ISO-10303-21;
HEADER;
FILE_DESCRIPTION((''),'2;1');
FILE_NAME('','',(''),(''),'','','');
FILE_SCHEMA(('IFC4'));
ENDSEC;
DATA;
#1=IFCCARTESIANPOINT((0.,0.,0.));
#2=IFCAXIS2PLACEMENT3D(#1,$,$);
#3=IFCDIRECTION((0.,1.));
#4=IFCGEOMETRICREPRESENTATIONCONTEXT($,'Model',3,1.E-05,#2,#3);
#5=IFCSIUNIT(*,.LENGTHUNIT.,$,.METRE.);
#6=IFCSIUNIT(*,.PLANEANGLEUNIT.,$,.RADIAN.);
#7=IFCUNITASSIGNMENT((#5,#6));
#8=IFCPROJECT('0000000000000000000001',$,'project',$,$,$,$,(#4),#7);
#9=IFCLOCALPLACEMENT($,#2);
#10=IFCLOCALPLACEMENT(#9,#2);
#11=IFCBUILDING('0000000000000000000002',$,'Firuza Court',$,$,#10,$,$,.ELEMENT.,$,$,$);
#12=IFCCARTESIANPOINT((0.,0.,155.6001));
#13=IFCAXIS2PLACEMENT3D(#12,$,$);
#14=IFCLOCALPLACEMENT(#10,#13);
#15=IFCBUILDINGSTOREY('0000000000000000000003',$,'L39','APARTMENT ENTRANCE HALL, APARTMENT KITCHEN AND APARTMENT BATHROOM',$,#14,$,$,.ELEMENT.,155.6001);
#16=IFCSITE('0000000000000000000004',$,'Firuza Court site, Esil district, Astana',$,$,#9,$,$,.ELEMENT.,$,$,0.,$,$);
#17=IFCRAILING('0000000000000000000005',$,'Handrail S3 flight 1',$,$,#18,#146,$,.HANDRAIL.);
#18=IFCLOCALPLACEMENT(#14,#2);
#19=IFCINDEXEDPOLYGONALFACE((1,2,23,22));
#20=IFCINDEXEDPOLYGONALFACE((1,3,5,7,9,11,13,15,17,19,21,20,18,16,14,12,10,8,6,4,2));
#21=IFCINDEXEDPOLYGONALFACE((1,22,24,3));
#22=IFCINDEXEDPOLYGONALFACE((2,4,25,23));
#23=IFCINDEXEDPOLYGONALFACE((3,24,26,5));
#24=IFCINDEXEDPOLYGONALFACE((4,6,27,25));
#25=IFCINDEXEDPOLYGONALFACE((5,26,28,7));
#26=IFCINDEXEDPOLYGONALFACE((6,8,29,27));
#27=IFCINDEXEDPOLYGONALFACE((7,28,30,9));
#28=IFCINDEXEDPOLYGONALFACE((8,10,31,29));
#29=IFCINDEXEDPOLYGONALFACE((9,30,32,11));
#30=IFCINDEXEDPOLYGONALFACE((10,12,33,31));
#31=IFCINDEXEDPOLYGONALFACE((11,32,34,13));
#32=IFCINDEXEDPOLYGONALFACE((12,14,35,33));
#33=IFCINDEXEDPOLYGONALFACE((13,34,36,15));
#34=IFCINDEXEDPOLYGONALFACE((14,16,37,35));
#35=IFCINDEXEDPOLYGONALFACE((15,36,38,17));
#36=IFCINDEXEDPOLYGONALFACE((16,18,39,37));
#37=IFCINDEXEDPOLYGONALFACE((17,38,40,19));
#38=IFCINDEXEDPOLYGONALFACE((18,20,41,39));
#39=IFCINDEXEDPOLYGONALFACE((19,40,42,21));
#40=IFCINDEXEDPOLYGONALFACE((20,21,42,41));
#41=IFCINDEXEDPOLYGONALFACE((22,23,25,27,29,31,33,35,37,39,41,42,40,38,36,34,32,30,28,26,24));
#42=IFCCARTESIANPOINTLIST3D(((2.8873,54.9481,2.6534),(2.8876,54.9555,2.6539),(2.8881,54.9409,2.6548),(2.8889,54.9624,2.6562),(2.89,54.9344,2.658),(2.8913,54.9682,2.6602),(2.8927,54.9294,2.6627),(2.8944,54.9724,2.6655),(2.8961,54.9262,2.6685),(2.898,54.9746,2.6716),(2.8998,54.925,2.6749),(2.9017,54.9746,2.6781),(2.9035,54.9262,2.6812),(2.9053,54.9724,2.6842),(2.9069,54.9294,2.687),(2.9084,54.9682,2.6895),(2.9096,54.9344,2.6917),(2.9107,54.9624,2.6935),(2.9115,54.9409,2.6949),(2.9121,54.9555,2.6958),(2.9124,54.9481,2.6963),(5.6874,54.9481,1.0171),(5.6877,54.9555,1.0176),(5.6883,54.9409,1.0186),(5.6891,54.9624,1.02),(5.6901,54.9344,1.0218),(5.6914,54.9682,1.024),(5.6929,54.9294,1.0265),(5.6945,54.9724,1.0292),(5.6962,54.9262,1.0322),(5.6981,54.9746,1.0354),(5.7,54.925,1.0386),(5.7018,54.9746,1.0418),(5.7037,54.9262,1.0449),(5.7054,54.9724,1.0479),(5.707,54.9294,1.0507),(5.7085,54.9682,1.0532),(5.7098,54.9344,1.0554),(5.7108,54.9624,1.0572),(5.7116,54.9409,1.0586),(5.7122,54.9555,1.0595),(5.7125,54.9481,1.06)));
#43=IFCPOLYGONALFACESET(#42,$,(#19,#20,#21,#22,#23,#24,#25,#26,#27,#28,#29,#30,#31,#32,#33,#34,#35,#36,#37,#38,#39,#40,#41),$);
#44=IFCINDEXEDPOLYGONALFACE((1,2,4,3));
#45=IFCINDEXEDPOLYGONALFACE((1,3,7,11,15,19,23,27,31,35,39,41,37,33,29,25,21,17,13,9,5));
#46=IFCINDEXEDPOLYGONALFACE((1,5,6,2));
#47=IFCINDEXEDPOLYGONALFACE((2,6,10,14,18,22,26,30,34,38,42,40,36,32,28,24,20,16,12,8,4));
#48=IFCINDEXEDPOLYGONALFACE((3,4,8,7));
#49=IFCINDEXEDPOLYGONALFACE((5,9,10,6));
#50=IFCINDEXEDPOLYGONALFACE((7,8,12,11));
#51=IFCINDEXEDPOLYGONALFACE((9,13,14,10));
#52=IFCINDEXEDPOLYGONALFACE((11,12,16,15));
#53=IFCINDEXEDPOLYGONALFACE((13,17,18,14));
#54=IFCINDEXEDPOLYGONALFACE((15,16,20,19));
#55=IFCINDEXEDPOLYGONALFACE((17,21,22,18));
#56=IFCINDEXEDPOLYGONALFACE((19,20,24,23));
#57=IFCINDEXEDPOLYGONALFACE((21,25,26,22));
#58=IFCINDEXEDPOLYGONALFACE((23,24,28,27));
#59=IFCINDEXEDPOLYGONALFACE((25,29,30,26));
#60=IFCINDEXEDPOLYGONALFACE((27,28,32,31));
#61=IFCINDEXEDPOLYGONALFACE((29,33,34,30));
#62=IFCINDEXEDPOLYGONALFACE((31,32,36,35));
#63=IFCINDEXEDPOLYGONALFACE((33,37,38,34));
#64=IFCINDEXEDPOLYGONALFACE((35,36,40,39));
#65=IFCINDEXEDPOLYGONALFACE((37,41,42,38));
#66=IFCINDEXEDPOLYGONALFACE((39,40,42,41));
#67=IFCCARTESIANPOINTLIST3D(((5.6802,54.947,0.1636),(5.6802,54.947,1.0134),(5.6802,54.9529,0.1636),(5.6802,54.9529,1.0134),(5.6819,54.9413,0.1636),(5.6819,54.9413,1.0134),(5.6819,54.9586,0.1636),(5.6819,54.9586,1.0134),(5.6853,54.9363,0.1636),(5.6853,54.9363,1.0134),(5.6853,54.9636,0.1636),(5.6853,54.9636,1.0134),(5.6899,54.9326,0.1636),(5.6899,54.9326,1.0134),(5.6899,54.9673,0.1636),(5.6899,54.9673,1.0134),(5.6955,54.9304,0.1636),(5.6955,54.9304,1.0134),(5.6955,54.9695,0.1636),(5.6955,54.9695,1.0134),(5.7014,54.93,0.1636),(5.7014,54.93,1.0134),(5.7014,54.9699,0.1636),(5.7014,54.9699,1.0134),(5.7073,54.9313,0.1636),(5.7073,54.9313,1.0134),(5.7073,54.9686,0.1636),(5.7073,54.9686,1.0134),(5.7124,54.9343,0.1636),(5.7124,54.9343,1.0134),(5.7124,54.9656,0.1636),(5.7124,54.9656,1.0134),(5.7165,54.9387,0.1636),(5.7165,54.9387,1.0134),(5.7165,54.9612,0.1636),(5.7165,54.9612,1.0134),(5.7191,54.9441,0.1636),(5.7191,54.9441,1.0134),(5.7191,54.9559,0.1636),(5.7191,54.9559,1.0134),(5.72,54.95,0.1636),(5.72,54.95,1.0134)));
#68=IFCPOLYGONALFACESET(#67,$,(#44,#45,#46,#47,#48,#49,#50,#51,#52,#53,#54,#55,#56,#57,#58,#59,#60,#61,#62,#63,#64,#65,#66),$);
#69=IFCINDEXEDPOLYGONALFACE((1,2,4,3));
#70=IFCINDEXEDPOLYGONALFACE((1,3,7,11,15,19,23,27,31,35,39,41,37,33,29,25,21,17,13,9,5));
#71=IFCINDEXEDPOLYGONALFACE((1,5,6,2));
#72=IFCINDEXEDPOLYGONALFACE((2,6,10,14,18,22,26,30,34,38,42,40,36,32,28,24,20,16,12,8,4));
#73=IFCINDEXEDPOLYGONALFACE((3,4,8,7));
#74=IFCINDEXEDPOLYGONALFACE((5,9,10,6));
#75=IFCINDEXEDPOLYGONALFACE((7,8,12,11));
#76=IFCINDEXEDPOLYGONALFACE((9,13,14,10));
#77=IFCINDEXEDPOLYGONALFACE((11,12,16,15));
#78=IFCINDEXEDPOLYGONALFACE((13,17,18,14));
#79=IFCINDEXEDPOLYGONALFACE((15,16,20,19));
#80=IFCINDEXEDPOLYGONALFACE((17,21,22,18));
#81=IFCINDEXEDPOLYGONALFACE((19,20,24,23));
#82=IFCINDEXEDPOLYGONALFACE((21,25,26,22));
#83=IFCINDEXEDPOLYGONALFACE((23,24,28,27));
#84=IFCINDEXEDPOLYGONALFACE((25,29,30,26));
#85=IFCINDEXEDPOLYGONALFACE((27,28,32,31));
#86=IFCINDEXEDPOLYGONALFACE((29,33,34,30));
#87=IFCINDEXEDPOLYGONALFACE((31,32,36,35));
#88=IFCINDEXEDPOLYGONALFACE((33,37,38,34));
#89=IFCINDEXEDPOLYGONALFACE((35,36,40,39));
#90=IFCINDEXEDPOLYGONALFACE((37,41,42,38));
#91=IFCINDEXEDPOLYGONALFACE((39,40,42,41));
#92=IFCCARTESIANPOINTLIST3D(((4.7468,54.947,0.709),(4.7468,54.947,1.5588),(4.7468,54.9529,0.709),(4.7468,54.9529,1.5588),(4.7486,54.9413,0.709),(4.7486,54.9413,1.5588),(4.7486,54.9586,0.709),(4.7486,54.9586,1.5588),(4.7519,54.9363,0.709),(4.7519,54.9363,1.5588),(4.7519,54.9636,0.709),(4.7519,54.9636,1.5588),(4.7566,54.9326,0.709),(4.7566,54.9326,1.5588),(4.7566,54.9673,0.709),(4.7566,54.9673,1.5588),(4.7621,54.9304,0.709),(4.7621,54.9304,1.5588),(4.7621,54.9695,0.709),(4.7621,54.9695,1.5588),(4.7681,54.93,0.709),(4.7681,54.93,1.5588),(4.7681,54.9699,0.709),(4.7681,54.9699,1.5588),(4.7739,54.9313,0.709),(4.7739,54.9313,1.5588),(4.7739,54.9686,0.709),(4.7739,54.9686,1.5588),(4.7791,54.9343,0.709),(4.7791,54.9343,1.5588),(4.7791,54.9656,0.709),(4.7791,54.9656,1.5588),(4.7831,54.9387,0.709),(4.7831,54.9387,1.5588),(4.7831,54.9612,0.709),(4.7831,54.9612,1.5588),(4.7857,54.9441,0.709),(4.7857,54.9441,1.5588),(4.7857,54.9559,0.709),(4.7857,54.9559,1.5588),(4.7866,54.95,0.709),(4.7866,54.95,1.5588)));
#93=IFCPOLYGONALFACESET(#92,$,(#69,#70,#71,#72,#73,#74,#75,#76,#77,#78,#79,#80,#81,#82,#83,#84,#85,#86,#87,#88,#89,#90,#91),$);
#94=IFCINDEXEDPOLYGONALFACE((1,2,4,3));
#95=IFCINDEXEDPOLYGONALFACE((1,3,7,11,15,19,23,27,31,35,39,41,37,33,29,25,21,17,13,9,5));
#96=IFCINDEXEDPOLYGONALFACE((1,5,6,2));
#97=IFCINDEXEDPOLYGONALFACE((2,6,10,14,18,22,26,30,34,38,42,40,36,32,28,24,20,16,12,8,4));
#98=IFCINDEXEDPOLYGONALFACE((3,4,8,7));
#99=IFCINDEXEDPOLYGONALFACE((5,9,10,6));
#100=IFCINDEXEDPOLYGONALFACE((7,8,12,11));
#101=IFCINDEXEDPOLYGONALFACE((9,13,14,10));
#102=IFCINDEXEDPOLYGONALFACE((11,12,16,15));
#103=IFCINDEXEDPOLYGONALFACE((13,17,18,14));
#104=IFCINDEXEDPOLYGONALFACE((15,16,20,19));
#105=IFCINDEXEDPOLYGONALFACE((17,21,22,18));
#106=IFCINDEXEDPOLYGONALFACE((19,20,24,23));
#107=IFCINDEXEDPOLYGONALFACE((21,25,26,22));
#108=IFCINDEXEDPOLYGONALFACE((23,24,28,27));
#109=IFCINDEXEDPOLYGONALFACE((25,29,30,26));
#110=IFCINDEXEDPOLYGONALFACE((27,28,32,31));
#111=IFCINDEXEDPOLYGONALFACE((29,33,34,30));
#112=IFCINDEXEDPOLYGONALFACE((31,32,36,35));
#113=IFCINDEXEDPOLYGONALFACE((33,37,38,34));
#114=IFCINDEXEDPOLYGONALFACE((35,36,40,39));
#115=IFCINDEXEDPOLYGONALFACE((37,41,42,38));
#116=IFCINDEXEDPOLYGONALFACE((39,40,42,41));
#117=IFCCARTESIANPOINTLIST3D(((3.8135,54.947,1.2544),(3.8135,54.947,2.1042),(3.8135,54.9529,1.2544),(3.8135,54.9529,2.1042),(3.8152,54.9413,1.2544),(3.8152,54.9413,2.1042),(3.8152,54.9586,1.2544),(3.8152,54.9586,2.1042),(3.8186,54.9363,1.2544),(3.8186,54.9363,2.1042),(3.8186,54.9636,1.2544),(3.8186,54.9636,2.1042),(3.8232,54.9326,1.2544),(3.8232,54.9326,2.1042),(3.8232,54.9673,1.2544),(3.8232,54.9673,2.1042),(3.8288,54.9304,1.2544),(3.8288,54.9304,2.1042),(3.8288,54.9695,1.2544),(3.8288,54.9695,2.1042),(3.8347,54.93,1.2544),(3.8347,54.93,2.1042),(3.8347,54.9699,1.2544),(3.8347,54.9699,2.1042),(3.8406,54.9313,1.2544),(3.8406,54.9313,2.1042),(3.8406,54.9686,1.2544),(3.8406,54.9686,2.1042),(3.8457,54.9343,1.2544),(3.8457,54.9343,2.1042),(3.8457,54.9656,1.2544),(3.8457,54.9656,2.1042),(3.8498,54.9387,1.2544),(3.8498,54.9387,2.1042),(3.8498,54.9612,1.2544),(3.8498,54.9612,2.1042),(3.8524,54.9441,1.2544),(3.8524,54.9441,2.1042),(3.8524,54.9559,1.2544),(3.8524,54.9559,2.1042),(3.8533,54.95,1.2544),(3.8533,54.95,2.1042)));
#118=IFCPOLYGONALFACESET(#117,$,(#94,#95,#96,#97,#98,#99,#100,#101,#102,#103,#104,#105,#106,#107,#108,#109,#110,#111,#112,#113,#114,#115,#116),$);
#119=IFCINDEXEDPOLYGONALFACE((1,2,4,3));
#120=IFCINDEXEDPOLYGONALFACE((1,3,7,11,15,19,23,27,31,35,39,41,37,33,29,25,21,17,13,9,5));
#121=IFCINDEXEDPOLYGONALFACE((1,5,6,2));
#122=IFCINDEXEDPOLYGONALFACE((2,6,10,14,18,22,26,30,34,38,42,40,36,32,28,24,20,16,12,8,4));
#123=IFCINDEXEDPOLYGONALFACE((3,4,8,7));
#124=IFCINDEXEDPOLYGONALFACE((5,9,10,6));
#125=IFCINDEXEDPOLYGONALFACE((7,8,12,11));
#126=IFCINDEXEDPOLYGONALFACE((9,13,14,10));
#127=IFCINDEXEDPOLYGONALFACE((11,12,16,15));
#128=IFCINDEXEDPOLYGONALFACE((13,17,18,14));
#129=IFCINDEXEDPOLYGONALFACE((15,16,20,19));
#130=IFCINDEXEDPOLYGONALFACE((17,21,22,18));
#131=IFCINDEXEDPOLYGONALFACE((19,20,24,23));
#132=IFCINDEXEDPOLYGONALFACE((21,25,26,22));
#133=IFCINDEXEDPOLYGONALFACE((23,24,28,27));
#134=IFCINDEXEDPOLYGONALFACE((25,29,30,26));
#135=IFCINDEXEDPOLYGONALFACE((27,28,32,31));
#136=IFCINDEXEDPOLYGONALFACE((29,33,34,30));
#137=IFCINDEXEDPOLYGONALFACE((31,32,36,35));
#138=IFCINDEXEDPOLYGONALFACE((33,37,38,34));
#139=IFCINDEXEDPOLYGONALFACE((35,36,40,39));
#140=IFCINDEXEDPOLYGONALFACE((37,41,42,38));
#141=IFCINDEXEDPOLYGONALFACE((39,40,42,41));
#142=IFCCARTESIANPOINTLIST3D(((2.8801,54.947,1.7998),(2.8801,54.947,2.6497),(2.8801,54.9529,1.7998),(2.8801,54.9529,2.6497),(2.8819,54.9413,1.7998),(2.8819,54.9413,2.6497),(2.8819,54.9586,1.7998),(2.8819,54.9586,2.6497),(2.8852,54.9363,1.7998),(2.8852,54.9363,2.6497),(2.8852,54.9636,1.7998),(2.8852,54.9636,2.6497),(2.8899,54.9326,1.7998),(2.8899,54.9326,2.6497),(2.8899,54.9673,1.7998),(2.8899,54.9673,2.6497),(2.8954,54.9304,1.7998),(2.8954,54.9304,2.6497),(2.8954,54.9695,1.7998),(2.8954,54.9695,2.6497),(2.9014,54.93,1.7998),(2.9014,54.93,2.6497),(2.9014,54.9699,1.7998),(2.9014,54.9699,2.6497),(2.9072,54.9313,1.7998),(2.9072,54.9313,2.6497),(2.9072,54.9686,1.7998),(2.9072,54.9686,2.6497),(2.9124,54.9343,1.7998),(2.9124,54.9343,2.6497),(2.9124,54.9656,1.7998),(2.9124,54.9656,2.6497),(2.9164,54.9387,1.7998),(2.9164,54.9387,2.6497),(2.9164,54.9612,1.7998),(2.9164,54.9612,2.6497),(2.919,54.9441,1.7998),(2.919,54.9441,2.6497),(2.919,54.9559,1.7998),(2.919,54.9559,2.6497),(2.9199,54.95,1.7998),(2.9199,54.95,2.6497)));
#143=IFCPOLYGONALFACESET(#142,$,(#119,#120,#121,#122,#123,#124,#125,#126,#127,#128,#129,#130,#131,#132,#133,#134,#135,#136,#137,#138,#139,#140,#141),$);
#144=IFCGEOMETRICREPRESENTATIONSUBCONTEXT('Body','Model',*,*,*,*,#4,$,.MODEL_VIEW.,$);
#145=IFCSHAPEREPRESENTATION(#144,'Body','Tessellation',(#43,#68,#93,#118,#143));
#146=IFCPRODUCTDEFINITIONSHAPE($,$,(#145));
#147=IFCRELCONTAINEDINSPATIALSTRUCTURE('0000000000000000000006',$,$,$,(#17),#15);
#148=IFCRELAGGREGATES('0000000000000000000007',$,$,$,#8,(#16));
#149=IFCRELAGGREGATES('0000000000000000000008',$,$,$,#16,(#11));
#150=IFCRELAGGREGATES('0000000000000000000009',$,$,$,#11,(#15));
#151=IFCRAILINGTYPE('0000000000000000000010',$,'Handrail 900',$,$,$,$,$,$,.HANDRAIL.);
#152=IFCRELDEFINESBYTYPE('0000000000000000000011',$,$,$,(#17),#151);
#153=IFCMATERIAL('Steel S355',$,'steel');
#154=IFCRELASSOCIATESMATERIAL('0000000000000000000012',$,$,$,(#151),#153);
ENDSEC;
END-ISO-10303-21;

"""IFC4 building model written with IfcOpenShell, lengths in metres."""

from ifc_helpers import new_model, si_unit, direction, frame, origin, origin_2d, place, context, subcontext, project, spatial, circle, extrude, material, type_object, element, save


model = new_model("IFC4")

# Units and contexts
model_context = context("Model", 3, precision=1e-05, world=origin(), true_north=direction((0.0, 1.0)))
body_context = subcontext(model_context, "Body", "Model", "MODEL_VIEW")
ifc_project = project(units=[si_unit("LENGTHUNIT", "METRE"), si_unit("PLANEANGLEUNIT", "RADIAN")], contexts=[model_context])

# Site, building, storey
site_placement = place(None, origin())
site = spatial("IfcSite", under=ifc_project, at=site_placement, Name="Firuza Court site, Esil district, Astana", CompositionType="ELEMENT", RefElevation=0.0)
building_placement = place(site_placement, origin())
building = spatial("IfcBuilding", under=site, at=building_placement, Name="Firuza Court", CompositionType="ELEMENT")
storey_placement = place(building_placement, frame((0.0, 0.0, 155.6001)))
storey = spatial("IfcBuildingStorey", under=building, at=storey_placement, Name="L39", Description="APARTMENT ENTRANCE HALL, APARTMENT KITCHEN AND APARTMENT BATHROOM", CompositionType="ELEMENT", Elevation=155.6001)

# Railing
ifc_material_1 = material(Name="Steel S355", Category="steel")
railing_type = type_object("IfcRailingType", Name="Handrail 900", PredefinedType="HANDRAIL", material=ifc_material_1)
railing_1_placement = place(storey_placement, frame((5.7, 54.95, 0.1636)))
element("IfcRailing", 1, at=railing_1_placement, inside=storey, type_object=railing_type, Name="Handrail S3 flight 1", PredefinedType="HANDRAIL", context=body_context, shape_type="SweptSolid", body=[
    extrude(circle(Radius=0.0249, at=origin_2d()), frame((0.0, 0.0, 0.875), z_axis=(-0.863394, 0.0, 0.504531), x_axis=(0.0, -1.0, 0.0)), (0.0, 0.0, 1.0), 3.2432),
    extrude(circle(Radius=0.02, at=origin_2d()), origin(), (0.0, 0.0, 1.0), 0.8499),
    extrude(circle(Radius=0.02, at=origin_2d()), frame((-0.9333, 0.0, 0.5454)), (0.0, 0.0, 1.0), 0.8499),
    extrude(circle(Radius=0.02, at=origin_2d()), frame((-1.8667, 0.0, 1.0908)), (0.0, 0.0, 1.0), 0.8499),
    extrude(circle(Radius=0.02, at=origin_2d()), frame((-2.8, 0.0, 1.6362)), (0.0, 0.0, 1.0), 0.8499),
])

save(model, "model.ifc")
